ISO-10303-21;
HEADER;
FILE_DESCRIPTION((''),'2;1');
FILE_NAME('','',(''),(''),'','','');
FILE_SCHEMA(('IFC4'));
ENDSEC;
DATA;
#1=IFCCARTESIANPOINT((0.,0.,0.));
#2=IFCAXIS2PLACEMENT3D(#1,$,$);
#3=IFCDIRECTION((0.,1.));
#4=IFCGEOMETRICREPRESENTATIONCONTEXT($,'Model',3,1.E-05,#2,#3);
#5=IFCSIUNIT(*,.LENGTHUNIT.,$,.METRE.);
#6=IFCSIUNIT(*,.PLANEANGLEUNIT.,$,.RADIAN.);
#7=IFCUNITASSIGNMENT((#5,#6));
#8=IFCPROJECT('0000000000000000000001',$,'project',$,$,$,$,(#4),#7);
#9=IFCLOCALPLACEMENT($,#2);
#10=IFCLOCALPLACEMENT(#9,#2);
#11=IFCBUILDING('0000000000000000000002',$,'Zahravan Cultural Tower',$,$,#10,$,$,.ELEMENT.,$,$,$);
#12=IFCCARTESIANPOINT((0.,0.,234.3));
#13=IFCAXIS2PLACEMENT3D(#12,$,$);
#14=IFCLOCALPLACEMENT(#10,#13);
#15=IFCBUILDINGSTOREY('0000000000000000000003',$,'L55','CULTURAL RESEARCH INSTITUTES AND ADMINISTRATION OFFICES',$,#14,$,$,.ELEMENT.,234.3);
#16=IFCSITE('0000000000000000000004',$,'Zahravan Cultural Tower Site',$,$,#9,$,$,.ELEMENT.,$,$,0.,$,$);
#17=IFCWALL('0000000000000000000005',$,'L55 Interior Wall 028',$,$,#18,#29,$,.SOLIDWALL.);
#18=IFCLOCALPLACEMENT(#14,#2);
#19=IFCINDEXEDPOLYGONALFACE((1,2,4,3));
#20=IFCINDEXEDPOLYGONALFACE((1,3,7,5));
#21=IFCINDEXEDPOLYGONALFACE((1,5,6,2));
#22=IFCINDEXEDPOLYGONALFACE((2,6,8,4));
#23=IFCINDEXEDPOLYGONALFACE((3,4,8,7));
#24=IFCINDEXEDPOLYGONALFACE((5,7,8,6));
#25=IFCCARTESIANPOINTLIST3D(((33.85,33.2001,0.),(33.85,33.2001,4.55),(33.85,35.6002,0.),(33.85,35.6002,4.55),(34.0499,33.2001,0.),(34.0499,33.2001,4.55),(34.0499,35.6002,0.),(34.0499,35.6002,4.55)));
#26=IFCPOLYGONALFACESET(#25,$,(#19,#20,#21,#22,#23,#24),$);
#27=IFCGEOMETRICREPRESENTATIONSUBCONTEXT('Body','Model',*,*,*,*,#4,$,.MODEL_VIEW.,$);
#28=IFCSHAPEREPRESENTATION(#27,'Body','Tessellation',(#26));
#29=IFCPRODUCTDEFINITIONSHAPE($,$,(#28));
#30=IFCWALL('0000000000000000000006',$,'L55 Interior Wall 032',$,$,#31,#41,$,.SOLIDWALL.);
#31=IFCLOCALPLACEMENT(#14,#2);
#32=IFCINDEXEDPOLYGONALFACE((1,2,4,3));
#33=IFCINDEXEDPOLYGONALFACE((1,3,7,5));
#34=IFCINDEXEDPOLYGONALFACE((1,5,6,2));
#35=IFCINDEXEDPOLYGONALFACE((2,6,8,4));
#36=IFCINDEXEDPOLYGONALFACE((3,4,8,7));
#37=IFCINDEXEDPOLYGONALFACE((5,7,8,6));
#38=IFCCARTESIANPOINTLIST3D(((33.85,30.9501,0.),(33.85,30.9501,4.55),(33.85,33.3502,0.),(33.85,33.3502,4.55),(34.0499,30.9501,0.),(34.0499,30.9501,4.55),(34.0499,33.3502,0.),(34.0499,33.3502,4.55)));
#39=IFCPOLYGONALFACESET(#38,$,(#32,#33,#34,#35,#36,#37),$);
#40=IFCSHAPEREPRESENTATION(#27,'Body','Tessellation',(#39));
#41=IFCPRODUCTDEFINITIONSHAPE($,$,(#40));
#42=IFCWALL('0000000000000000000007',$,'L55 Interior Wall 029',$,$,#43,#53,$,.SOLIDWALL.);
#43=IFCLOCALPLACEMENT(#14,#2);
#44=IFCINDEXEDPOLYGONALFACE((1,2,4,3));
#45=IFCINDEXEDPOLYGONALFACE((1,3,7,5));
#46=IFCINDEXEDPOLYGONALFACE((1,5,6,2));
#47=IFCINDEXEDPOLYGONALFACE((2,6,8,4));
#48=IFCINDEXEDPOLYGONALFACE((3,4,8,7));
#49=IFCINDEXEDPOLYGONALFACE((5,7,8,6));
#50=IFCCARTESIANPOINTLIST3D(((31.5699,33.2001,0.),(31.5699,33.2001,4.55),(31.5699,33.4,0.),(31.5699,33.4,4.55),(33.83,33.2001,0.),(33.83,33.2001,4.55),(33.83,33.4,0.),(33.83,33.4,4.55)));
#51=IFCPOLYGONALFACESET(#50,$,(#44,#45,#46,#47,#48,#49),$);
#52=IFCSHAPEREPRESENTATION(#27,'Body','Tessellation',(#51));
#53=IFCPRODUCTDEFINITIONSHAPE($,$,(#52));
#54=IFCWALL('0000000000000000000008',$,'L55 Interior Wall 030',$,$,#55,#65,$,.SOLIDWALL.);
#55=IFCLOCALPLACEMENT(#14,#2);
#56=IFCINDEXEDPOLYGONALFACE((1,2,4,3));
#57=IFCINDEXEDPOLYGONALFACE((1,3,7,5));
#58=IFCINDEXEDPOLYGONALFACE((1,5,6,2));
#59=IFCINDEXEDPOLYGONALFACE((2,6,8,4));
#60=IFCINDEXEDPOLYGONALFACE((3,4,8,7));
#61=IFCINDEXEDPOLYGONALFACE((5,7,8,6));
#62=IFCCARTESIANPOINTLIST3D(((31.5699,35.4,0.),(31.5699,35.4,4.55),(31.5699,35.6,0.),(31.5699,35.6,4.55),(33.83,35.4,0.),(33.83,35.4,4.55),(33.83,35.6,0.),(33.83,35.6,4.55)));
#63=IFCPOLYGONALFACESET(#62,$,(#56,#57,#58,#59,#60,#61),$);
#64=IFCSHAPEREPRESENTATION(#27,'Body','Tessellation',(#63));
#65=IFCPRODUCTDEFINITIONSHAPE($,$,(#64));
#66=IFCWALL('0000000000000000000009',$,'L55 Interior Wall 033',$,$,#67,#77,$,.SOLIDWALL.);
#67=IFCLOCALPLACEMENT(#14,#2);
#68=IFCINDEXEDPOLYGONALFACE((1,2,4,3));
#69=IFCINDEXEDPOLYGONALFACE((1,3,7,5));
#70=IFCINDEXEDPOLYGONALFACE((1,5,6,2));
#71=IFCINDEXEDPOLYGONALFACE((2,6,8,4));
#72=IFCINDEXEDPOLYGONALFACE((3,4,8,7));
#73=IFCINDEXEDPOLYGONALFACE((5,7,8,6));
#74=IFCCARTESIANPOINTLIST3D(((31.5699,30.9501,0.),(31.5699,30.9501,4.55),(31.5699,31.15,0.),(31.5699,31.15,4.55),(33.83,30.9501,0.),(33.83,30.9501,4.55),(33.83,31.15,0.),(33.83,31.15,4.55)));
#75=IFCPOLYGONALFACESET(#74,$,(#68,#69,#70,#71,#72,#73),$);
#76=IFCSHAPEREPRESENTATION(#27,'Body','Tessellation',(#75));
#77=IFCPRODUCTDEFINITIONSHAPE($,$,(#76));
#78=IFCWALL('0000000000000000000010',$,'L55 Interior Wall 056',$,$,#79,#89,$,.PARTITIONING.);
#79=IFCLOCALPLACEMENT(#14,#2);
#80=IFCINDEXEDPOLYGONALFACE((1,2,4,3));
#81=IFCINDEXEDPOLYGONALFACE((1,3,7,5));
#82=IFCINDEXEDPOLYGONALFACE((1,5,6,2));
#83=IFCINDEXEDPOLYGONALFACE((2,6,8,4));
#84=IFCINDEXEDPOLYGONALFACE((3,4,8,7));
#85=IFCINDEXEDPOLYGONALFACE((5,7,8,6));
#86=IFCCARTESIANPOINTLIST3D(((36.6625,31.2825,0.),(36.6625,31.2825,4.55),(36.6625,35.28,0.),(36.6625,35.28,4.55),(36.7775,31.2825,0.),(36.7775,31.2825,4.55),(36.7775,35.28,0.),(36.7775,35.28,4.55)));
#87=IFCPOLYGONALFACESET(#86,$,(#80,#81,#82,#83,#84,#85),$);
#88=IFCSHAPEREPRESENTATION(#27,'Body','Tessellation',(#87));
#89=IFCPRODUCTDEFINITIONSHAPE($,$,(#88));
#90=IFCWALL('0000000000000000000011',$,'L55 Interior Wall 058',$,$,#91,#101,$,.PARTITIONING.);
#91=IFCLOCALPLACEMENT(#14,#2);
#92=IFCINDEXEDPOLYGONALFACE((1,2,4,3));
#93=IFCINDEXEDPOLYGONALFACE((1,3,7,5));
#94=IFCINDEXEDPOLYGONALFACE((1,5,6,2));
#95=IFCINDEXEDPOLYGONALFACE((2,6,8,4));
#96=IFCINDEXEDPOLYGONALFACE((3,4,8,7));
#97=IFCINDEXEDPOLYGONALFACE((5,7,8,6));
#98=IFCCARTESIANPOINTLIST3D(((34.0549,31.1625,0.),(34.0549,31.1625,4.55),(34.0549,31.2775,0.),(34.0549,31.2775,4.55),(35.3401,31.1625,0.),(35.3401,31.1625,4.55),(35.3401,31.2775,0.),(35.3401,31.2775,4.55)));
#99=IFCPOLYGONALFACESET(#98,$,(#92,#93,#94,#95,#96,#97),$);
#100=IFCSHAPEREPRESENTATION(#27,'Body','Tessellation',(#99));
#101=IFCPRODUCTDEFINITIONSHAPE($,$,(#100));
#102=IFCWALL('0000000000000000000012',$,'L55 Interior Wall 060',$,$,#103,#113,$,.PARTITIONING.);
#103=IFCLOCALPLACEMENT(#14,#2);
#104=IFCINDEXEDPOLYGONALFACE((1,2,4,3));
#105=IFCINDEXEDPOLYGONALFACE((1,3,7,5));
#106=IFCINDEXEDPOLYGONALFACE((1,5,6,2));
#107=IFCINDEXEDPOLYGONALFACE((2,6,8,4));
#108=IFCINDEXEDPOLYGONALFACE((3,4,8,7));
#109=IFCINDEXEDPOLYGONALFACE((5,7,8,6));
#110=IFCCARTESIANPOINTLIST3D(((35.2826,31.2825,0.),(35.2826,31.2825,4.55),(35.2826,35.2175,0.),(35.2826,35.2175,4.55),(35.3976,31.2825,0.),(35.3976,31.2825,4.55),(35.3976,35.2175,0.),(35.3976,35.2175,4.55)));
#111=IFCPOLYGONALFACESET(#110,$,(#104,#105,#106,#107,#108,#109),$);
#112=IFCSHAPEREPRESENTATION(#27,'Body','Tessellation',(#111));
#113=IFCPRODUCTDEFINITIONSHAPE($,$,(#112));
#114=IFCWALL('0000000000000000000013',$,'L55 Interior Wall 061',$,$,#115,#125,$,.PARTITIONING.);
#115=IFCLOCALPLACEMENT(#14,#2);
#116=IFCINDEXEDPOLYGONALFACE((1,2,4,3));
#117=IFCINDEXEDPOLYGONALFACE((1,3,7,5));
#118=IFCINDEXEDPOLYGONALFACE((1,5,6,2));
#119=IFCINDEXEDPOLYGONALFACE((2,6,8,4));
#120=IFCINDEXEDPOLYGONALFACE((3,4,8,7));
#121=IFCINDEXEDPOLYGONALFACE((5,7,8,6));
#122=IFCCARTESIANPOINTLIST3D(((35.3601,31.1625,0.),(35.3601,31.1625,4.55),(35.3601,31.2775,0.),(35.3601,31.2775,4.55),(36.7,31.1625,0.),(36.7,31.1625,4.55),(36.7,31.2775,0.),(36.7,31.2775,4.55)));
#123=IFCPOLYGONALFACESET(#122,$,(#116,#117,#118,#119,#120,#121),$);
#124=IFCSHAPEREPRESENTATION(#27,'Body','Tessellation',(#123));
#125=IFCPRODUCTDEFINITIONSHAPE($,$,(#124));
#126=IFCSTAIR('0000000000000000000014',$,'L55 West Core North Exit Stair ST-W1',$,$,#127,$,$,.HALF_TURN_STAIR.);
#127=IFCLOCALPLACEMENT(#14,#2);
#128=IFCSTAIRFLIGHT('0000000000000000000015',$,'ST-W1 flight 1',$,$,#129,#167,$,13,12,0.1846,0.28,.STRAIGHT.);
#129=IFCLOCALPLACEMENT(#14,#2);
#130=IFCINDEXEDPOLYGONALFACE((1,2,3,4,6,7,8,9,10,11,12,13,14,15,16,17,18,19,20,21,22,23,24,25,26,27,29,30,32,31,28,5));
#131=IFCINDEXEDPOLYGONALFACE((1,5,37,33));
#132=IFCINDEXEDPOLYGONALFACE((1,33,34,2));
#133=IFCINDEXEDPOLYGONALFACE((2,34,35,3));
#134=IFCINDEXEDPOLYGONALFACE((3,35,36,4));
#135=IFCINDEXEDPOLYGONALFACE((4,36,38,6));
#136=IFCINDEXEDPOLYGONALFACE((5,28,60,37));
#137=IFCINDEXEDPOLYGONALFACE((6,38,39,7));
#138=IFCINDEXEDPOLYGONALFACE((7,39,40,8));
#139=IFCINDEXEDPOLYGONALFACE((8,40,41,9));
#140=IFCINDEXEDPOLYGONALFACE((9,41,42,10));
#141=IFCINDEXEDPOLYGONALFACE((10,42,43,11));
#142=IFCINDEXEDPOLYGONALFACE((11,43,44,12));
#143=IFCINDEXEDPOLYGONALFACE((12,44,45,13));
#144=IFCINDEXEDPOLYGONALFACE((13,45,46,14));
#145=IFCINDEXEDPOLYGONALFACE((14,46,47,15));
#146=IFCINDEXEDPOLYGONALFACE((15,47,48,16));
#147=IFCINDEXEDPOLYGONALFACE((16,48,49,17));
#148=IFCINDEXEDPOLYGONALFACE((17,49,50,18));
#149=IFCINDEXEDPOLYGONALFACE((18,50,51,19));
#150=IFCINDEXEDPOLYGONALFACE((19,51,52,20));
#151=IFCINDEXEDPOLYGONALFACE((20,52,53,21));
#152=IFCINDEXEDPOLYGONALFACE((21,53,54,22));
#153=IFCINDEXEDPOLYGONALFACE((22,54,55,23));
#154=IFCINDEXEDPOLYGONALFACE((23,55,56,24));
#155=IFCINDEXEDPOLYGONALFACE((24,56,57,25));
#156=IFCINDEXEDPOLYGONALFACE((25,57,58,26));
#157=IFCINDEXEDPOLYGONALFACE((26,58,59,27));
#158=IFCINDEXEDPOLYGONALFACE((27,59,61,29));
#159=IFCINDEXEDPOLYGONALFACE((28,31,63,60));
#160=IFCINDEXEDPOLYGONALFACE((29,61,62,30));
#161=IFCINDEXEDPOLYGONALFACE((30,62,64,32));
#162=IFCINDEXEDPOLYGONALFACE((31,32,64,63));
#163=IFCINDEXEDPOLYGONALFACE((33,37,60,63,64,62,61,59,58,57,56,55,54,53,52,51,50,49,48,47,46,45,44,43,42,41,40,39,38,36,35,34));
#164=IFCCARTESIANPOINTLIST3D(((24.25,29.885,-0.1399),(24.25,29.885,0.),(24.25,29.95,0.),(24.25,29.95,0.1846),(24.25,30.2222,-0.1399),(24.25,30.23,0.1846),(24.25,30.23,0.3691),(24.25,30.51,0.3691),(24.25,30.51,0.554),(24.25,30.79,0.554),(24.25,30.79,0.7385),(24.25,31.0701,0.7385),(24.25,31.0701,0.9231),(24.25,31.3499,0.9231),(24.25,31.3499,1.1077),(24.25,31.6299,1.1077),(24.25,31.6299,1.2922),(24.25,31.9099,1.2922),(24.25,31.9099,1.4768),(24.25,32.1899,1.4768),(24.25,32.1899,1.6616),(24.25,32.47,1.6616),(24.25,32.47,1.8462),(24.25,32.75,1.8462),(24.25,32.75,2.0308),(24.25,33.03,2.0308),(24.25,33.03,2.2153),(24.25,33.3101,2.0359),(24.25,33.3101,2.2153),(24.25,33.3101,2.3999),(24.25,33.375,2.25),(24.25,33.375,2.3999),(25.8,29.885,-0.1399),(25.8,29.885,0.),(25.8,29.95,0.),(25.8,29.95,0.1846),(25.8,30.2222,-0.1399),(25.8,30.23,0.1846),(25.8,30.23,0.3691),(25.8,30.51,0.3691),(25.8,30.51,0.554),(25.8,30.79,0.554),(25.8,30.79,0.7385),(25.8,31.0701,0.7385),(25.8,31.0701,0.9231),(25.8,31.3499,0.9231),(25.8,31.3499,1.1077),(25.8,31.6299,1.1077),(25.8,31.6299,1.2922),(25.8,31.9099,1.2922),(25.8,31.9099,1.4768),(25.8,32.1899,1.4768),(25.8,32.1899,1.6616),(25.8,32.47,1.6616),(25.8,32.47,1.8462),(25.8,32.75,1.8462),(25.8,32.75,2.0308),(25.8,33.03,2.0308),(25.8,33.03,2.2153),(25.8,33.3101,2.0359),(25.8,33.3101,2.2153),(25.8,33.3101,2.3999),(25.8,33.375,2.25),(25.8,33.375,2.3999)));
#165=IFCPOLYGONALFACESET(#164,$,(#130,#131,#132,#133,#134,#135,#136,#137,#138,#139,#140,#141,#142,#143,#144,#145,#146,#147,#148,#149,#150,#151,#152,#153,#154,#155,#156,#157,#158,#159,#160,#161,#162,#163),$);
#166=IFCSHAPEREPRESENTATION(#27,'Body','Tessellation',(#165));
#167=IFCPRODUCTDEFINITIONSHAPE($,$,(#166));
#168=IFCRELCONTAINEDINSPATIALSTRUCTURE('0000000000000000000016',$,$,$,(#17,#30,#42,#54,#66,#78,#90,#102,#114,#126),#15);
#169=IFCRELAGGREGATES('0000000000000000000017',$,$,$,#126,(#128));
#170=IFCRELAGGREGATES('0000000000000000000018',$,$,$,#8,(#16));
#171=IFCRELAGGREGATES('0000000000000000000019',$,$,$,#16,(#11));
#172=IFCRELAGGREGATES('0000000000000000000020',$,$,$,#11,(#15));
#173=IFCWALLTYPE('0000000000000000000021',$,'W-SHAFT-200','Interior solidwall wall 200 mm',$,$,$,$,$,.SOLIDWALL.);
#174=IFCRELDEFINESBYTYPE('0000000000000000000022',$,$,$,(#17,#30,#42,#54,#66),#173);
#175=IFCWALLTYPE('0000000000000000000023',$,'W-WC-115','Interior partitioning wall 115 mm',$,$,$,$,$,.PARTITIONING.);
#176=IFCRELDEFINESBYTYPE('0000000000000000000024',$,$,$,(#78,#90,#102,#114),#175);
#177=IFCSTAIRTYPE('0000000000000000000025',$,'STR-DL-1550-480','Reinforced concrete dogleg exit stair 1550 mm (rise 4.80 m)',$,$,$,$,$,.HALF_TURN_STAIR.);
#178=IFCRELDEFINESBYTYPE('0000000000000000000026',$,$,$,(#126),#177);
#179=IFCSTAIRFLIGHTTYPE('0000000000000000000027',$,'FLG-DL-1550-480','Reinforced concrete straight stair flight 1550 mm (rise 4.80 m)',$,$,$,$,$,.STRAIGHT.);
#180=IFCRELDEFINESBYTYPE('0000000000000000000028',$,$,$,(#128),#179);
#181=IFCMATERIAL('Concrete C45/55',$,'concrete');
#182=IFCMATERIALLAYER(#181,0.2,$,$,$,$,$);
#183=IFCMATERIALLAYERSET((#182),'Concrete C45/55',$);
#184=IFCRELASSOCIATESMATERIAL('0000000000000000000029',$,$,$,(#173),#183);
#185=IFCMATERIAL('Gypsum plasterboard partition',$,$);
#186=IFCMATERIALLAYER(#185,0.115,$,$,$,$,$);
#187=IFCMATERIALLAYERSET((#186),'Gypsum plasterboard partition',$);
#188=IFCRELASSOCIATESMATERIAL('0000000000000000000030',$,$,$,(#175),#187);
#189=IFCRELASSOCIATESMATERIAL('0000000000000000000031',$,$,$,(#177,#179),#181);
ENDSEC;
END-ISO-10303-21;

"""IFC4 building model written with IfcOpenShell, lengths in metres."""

from ifc_helpers import new_model, si_unit, direction, frame, frame_2d, origin, place, context, subcontext, project, spatial, polyline, rectangle, outline, extrude, source, transform, mapped, material, layer, layer_set, type_object, element, aggregate, save


model = new_model("IFC4")

# Units and contexts
model_context = context("Model", 3, precision=1e-05, world=origin(), true_north=direction((0.0, 1.0)))
body_context = subcontext(model_context, "Body", "Model", "MODEL_VIEW")
ifc_project = project(units=[si_unit("LENGTHUNIT", "METRE"), si_unit("PLANEANGLEUNIT", "RADIAN")], contexts=[model_context])

# Site, building, storey
site_placement = place(None, origin())
site = spatial("IfcSite", under=ifc_project, at=site_placement, Name="Zahravan Cultural Tower Site", CompositionType="ELEMENT", RefElevation=0.0)
building_placement = place(site_placement, origin())
building = spatial("IfcBuilding", under=site, at=building_placement, Name="Zahravan Cultural Tower", CompositionType="ELEMENT")
storey_placement = place(building_placement, frame((0.0, 0.0, 234.3)))
storey = spatial("IfcBuildingStorey", under=building, at=storey_placement, Name="L55", Description="CULTURAL RESEARCH INSTITUTES AND ADMINISTRATION OFFICES", CompositionType="ELEMENT", Elevation=234.3)

# Shared definitions
ifc_material_1 = material(Name="Concrete C45/55", Category="concrete")
ifc_layer_1 = layer(ifc_material_1, 0.2)
ifc_layer_set_1 = layer_set([ifc_layer_1], Name="Concrete C45/55")
wall_type_1 = type_object("IfcWallType", Name="W-SHAFT-200", Description="Interior solidwall wall 200 mm", PredefinedType="SOLIDWALL", material=ifc_layer_set_1)
ifc_material_2 = material(Name="Gypsum plasterboard partition")
ifc_layer_2 = layer(ifc_material_2, 0.115)
ifc_layer_set_2 = layer_set([ifc_layer_2], Name="Gypsum plasterboard partition")
wall_type_2 = type_object("IfcWallType", Name="W-WC-115", Description="Interior partitioning wall 115 mm", PredefinedType="PARTITIONING", material=ifc_layer_set_2)

# Walls
shared_shape_1 = source(origin(), body_context, "Body", "SweptSolid", [
    extrude(rectangle(XDim=2.4001, YDim=0.2, at=frame_2d((1.2002, 0.0))), origin(), (0.0, 0.0, 1.0), 4.55),
])
for number, where, z_axis, x_axis, name in (
    (1, (33.95, 33.2, 0.0), (0.0, 0.0, 1.0), (0.0, 1.0, 0.0), "L55 Interior Wall 028"),
    (2, (33.95, 30.95, 0.0), (0.0, 0.0, 1.0), (0.0, 1.0, 0.0), "L55 Interior Wall 032"),
):
    element("IfcWall", number, at=place(storey_placement, frame(where, z_axis=z_axis, x_axis=x_axis)), inside=storey, type_object=wall_type_1, Name=name, PredefinedType="SOLIDWALL", context=body_context, shape_type="MappedRepresentation", body=[
        mapped(shared_shape_1, transform((0.0, 0.0, 0.0), x_axis=(1.0, 0.0, 0.0), y_axis=(0.0, 1.0, 0.0), z_axis=(0.0, 0.0, 1.0), scale=1.0)),
    ])
shared_shape_2 = source(origin(), body_context, "Body", "SweptSolid", [
    extrude(rectangle(XDim=2.26, YDim=0.2, at=frame_2d((1.1299, 0.0))), origin(), (0.0, 0.0, 1.0), 4.55),
])
for number, where, z_axis, x_axis, name in (
    (3, (31.5701, 33.3, 0.0), (0.0, 0.0, 1.0), (1.0, 0.0, 0.0), "L55 Interior Wall 029"),
    (4, (31.5701, 35.5, 0.0), (0.0, 0.0, 1.0), (1.0, 0.0, 0.0), "L55 Interior Wall 030"),
    (5, (31.5701, 31.05, 0.0), (0.0, 0.0, 1.0), (1.0, 0.0, 0.0), "L55 Interior Wall 033"),
):
    element("IfcWall", number, at=place(storey_placement, frame(where, z_axis=z_axis, x_axis=x_axis)), inside=storey, type_object=wall_type_1, Name=name, PredefinedType="SOLIDWALL", context=body_context, shape_type="MappedRepresentation", body=[
        mapped(shared_shape_2, transform((0.0, 0.0, 0.0), x_axis=(1.0, 0.0, 0.0), y_axis=(0.0, 1.0, 0.0), z_axis=(0.0, 0.0, 1.0), scale=1.0)),
    ])
shared_shape_3 = source(origin(), body_context, "Body", "SweptSolid", [
    extrude(rectangle(XDim=3.9976, YDim=0.115, at=frame_2d((1.9988, 0.0))), origin(), (0.0, 0.0, 1.0), 4.55),
])
wall_1_placement = place(storey_placement, frame((36.72, 31.2825, 0.0), z_axis=(0.0, 0.0, 1.0), x_axis=(0.0, 1.0, 0.0)))
element("IfcWall", 6, at=wall_1_placement, inside=storey, type_object=wall_type_2, Name="L55 Interior Wall 056", PredefinedType="PARTITIONING", context=body_context, shape_type="MappedRepresentation", body=[
    mapped(shared_shape_3, transform((0.0, 0.0, 0.0), x_axis=(1.0, 0.0, 0.0), y_axis=(0.0, 1.0, 0.0), z_axis=(0.0, 0.0, 1.0), scale=1.0)),
])
shared_shape_4 = source(origin(), body_context, "Body", "SweptSolid", [
    extrude(rectangle(XDim=1.2852, YDim=0.115, at=frame_2d((0.6426, 0.0))), origin(), (0.0, 0.0, 1.0), 4.55),
])
wall_2_placement = place(storey_placement, frame((35.3401, 31.22, 0.0), z_axis=(0.0, 0.0, 1.0), x_axis=(-1.0, 0.0, 0.0)))
element("IfcWall", 7, at=wall_2_placement, inside=storey, type_object=wall_type_2, Name="L55 Interior Wall 058", PredefinedType="PARTITIONING", context=body_context, shape_type="MappedRepresentation", body=[
    mapped(shared_shape_4, transform((0.0, 0.0, 0.0), x_axis=(1.0, 0.0, 0.0), y_axis=(0.0, 1.0, 0.0), z_axis=(0.0, 0.0, 1.0), scale=1.0)),
])
shared_shape_5 = source(origin(), body_context, "Body", "SweptSolid", [
    extrude(rectangle(XDim=3.9351, YDim=0.115, at=frame_2d((1.9675, 0.0))), origin(), (0.0, 0.0, 1.0), 4.55),
])
wall_3_placement = place(storey_placement, frame((35.3401, 35.2175, 0.0), z_axis=(0.0, 0.0, 1.0), x_axis=(0.0, -1.0, 0.0)))
element("IfcWall", 8, at=wall_3_placement, inside=storey, type_object=wall_type_2, Name="L55 Interior Wall 060", PredefinedType="PARTITIONING", context=body_context, shape_type="MappedRepresentation", body=[
    mapped(shared_shape_5, transform((0.0, 0.0, 0.0), x_axis=(1.0, 0.0, 0.0), y_axis=(0.0, 1.0, 0.0), z_axis=(0.0, 0.0, 1.0), scale=1.0)),
])
shared_shape_6 = source(origin(), body_context, "Body", "SweptSolid", [
    extrude(rectangle(XDim=1.3398, YDim=0.115, at=frame_2d((0.6699, 0.0))), origin(), (0.0, 0.0, 1.0), 4.55),
])
wall_4_placement = place(storey_placement, frame((36.7, 31.22, 0.0), z_axis=(0.0, 0.0, 1.0), x_axis=(-1.0, 0.0, 0.0)))
element("IfcWall", 9, at=wall_4_placement, inside=storey, type_object=wall_type_2, Name="L55 Interior Wall 061", PredefinedType="PARTITIONING", context=body_context, shape_type="MappedRepresentation", body=[
    mapped(shared_shape_6, transform((0.0, 0.0, 0.0), x_axis=(1.0, 0.0, 0.0), y_axis=(0.0, 1.0, 0.0), z_axis=(0.0, 0.0, 1.0), scale=1.0)),
])

# Stair, stair flight
stair_type = type_object("IfcStairType", Name="STR-DL-1550-480", Description="Reinforced concrete dogleg exit stair 1550 mm (rise 4.80 m)", PredefinedType="HALF_TURN_STAIR", material=ifc_material_1)
stair_placement = place(storey_placement, origin())
stair = element("IfcStair", 10, at=stair_placement, inside=storey, type_object=stair_type, Name="L55 West Core North Exit Stair ST-W1", PredefinedType="HALF_TURN_STAIR")
stair_flight_type = type_object("IfcStairFlightType", Name="FLG-DL-1550-480", Description="Reinforced concrete straight stair flight 1550 mm (rise 4.80 m)", PredefinedType="STRAIGHT", material=ifc_material_1)
stair_flight_placement = place(storey_placement, frame((25.0249, 29.95, 0.0), z_axis=(0.0, 0.0, 1.0), x_axis=(0.0, 1.0, 0.0)))
stair_flight = element("IfcStairFlight", 11, at=stair_flight_placement, type_object=stair_flight_type, Name="ST-W1 flight 1", NumberOfRisers=13, NumberOfTreads=12, PredefinedType="STRAIGHT", RiserHeight=0.1846, TreadLength=0.28, context=body_context, shape_type="SweptSolid", body=[
    extrude(outline(polyline([(-0.0649, -0.1399), (-0.0649, 0.0), (0.0, 0.0), (0.0, 0.1846), (0.28, 0.1846), (0.28, 0.3691), (0.5601, 0.3691), (0.5601, 0.554), (0.8401, 0.554), (0.8401, 0.7385), (1.1201, 0.7385), (1.1201, 0.9231), (1.3999, 0.9231), (1.3999, 1.1077), (1.6799, 1.1077), (1.6799, 1.2922), (1.96, 1.2922), (1.96, 1.4768), (2.24, 1.4768), (2.24, 1.6616), (2.52, 1.6616), (2.52, 1.8462), (2.8, 1.8462), (2.8, 2.0308), (3.0801, 2.0308), (3.0801, 2.2153), (3.3601, 2.2153), (3.3601, 2.3999), (3.425, 2.3999), (3.425, 2.25), (3.3601, 2.0359), (0.2722, -0.1399), (-0.0649, -0.1399)])), frame((0.0, 0.7749, 0.0), z_axis=(0.0, -1.0, 0.0), x_axis=(1.0, 0.0, 0.0)), (0.0, 0.0, 1.0), 1.55),
])
aggregate(stair, [stair_flight])

save(model, "model.ifc")
